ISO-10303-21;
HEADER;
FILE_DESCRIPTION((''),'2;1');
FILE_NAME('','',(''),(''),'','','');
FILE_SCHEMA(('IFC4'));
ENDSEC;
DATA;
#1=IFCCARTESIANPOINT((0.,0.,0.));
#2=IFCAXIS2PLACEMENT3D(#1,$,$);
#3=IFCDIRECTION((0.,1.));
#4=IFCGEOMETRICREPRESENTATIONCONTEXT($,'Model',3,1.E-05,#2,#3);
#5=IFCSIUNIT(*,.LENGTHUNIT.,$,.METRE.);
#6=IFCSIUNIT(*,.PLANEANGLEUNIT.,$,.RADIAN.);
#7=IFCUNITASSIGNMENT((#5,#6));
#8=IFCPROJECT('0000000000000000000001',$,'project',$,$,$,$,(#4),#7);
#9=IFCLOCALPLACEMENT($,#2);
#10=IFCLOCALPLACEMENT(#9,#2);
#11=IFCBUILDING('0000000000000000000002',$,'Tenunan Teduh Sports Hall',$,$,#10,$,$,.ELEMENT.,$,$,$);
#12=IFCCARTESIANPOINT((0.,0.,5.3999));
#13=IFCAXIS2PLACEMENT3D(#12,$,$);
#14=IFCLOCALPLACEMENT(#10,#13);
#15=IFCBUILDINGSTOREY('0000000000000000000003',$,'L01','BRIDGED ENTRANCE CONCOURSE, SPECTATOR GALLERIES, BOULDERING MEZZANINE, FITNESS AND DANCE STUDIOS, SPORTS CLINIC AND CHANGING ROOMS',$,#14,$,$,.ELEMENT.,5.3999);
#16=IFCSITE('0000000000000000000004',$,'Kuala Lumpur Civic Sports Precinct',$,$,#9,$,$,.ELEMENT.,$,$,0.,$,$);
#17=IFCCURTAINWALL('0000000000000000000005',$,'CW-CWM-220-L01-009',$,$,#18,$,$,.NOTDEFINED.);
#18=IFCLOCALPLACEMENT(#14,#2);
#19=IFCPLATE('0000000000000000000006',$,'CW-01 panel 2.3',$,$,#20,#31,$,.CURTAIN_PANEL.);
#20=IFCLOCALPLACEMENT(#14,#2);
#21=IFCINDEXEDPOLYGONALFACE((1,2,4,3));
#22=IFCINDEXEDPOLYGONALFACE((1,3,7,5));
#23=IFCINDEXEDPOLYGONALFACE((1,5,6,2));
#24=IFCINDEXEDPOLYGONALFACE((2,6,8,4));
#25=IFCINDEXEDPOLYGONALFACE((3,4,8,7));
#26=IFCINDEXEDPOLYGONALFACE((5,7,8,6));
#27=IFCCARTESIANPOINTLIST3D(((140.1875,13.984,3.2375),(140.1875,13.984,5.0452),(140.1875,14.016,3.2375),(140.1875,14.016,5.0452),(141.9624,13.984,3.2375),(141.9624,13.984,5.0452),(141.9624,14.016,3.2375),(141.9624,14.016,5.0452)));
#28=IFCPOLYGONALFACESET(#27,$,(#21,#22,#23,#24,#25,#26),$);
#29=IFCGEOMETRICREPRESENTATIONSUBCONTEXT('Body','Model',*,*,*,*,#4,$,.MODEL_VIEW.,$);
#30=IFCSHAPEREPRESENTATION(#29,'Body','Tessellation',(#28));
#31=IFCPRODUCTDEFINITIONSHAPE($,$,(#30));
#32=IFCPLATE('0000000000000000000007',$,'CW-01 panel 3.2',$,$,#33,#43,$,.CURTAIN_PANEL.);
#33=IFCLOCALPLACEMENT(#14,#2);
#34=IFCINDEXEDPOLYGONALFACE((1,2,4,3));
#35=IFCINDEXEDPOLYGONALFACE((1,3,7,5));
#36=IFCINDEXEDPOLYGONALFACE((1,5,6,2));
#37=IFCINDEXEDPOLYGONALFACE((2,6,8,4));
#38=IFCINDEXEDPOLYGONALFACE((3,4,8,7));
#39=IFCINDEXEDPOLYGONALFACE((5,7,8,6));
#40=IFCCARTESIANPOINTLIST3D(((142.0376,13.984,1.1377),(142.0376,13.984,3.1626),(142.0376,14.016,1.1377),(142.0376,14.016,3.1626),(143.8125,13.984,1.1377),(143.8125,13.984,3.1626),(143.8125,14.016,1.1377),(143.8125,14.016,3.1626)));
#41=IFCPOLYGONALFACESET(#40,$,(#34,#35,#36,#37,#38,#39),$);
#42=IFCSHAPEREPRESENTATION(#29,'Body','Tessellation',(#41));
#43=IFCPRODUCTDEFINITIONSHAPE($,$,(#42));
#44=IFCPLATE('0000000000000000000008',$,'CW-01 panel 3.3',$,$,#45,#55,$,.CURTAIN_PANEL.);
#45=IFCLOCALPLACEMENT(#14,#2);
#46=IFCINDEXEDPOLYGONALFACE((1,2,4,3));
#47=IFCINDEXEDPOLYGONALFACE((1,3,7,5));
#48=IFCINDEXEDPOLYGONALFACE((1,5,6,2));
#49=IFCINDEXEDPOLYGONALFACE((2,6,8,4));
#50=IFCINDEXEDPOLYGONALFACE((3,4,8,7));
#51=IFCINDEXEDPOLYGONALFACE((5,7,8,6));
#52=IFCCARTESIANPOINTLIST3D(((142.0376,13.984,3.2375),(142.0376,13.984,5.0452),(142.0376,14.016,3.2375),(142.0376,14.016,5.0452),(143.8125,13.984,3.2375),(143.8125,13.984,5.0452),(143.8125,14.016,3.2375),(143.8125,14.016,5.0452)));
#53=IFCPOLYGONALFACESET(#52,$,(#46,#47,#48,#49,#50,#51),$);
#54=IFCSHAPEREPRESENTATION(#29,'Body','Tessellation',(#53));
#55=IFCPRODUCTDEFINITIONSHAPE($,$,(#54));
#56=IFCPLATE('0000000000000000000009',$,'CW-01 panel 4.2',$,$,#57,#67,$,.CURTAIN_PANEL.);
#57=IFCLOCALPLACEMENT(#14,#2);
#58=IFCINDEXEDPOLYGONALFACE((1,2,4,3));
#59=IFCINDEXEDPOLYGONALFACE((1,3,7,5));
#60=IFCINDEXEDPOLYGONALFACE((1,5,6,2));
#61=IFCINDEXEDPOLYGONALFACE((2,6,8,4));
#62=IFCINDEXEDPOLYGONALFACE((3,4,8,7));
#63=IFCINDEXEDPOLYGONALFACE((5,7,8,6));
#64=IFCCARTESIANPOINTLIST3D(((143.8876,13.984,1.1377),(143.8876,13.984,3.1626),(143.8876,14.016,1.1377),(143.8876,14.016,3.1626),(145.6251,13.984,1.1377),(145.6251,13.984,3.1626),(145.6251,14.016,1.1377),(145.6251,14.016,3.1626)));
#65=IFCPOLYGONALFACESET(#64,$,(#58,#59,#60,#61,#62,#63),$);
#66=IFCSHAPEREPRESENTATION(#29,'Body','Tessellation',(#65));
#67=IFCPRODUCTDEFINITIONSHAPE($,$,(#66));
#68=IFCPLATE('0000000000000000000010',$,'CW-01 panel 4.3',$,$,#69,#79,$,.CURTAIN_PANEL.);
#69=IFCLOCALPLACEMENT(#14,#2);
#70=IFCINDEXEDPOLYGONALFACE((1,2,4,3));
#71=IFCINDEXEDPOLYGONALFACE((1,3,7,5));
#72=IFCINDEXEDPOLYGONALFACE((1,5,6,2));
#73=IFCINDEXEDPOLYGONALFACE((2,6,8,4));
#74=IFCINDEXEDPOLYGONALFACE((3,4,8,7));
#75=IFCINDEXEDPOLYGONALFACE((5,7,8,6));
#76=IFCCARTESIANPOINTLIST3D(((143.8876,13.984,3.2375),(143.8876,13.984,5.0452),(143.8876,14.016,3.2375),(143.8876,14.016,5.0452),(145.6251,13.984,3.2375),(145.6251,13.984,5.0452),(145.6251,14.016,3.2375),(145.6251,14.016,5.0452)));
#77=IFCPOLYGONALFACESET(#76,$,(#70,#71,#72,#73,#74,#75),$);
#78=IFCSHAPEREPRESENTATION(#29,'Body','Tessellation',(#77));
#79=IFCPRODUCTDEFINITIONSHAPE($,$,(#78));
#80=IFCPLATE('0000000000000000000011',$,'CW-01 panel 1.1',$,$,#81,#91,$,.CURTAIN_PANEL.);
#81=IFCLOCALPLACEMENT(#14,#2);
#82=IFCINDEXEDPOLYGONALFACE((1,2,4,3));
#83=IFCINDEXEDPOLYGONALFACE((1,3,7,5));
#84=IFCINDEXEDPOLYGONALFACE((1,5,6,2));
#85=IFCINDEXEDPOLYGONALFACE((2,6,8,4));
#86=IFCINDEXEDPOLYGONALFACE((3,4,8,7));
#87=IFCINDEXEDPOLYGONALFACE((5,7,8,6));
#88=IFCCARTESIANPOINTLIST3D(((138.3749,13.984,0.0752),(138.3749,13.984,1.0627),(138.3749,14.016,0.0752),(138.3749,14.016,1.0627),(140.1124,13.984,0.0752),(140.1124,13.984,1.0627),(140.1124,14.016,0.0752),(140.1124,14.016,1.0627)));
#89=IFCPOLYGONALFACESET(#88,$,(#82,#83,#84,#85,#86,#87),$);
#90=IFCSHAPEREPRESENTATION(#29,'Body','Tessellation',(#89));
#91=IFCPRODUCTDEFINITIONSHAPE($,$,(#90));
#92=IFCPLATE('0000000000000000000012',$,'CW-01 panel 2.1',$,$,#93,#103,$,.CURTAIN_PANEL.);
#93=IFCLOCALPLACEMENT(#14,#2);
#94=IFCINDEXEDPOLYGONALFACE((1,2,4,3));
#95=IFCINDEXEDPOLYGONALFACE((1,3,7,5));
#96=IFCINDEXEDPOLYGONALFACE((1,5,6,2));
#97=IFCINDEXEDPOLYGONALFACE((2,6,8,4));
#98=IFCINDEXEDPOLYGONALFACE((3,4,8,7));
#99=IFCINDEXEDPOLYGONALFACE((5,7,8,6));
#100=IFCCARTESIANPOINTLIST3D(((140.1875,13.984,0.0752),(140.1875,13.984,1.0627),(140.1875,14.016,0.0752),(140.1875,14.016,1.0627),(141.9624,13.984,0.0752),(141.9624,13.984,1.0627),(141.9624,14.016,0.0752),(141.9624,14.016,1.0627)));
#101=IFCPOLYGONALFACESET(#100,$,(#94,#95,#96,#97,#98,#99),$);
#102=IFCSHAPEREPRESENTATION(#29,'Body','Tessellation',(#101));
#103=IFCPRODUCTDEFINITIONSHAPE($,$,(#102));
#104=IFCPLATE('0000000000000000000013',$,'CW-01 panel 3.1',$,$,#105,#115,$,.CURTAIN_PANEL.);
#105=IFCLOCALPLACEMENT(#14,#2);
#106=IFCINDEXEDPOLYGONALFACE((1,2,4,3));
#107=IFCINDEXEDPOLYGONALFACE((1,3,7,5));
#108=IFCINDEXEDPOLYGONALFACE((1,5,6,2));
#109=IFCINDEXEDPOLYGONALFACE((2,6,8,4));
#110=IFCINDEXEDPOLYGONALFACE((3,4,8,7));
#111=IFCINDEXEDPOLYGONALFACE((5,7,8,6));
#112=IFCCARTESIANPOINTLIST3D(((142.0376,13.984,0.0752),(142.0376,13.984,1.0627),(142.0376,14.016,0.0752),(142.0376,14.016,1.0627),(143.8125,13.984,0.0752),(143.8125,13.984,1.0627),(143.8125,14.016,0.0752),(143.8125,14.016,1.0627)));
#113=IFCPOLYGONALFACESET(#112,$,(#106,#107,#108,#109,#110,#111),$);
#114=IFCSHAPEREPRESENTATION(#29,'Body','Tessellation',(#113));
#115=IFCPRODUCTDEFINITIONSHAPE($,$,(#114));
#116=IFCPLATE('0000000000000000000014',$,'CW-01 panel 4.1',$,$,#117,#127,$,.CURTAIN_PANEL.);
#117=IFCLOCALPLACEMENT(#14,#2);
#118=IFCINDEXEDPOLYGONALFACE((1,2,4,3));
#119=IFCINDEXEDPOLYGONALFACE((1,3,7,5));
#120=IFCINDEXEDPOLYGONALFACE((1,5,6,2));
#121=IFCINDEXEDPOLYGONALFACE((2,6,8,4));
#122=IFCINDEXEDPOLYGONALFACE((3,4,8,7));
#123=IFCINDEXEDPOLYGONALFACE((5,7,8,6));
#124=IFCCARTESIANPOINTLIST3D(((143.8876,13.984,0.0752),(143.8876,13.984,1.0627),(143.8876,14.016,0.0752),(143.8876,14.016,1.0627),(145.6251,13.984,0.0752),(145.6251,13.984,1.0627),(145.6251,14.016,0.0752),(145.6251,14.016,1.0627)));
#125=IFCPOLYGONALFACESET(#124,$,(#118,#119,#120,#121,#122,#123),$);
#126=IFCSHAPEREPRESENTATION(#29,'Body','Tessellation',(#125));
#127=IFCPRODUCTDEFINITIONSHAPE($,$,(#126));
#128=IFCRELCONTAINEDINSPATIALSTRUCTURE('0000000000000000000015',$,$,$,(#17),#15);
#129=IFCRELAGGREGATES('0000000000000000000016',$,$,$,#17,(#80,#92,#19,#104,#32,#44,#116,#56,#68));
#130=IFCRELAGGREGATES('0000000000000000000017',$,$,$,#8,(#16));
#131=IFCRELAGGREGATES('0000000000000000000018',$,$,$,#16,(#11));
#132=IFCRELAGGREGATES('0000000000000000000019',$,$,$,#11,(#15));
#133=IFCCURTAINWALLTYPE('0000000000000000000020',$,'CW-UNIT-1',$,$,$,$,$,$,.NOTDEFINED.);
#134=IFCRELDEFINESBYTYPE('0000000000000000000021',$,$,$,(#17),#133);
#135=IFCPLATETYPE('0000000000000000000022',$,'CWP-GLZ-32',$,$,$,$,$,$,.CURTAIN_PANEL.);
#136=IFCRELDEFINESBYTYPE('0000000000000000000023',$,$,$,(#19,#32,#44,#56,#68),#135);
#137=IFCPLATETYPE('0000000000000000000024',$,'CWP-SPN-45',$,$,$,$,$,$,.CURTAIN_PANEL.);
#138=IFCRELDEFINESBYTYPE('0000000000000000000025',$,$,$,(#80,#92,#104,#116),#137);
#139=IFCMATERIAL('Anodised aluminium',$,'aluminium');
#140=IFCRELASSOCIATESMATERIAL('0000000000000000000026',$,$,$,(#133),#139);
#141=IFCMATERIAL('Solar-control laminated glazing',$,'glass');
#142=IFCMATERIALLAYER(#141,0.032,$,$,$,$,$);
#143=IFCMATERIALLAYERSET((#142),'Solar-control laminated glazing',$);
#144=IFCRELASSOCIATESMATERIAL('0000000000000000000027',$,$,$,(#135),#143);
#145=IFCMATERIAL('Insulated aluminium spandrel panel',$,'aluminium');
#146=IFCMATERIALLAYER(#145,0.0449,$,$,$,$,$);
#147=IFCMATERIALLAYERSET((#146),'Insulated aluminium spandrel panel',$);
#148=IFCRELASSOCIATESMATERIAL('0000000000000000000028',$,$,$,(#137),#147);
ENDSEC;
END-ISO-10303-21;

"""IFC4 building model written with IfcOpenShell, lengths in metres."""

from ifc_helpers import new_model, si_unit, direction, frame, origin, origin_2d, place, context, subcontext, project, spatial, rectangle, extrude, material, layer, layer_set, type_object, element, aggregate, save


model = new_model("IFC4")

# Units and contexts
model_context = context("Model", 3, precision=1e-05, world=origin(), true_north=direction((0.0, 1.0)))
body_context = subcontext(model_context, "Body", "Model", "MODEL_VIEW")
ifc_project = project(units=[si_unit("LENGTHUNIT", "METRE"), si_unit("PLANEANGLEUNIT", "RADIAN")], contexts=[model_context])

# Site, building, storey
site_placement = place(None, origin())
site = spatial("IfcSite", under=ifc_project, at=site_placement, Name="Kuala Lumpur Civic Sports Precinct", CompositionType="ELEMENT", RefElevation=0.0)
building_placement = place(site_placement, origin())
building = spatial("IfcBuilding", under=site, at=building_placement, Name="Tenunan Teduh Sports Hall", CompositionType="ELEMENT")
storey_placement = place(building_placement, frame((0.0, 0.0, 5.3999)))
storey = spatial("IfcBuildingStorey", under=building, at=storey_placement, Name="L01", Description="BRIDGED ENTRANCE CONCOURSE, SPECTATOR GALLERIES, BOULDERING MEZZANINE, FITNESS AND DANCE STUDIOS, SPORTS CLINIC AND CHANGING ROOMS", CompositionType="ELEMENT", Elevation=5.3999)

# Curtain wall
ifc_material_1 = material(Name="Anodised aluminium", Category="aluminium")
curtain_wall_type = type_object("IfcCurtainWallType", Name="CW-UNIT-1", PredefinedType="NOTDEFINED", material=ifc_material_1)
curtain_wall_placement = place(storey_placement, origin())
curtain_wall = element("IfcCurtainWall", 1, at=curtain_wall_placement, inside=storey, type_object=curtain_wall_type, Name="CW-CWM-220-L01-009", PredefinedType="NOTDEFINED")

# Plates
ifc_material_2 = material(Name="Solar-control laminated glazing", Category="glass")
ifc_layer_1 = layer(ifc_material_2, 0.032)
ifc_layer_set_1 = layer_set([ifc_layer_1], Name="Solar-control laminated glazing")
plate_type_1 = type_object("IfcPlateType", Name="CWP-GLZ-32", PredefinedType="CURTAIN_PANEL", material=ifc_layer_set_1)
plate_1_placement = place(storey_placement, frame((141.075, 14.0, 3.2375), z_axis=(0.0, 0.0, 1.0), x_axis=(1.0, 0.0, 0.0)))
plate_1 = element("IfcPlate", 2, at=plate_1_placement, type_object=plate_type_1, Name="CW-01 panel 2.3", PredefinedType="CURTAIN_PANEL", context=body_context, shape_type="SweptSolid", body=[
    extrude(rectangle(XDim=1.7749, YDim=0.032, at=origin_2d()), origin(), (0.0, 0.0, 1.0), 1.8076),
])
plate_2_placement = place(storey_placement, frame((142.925, 14.0, 1.1377), z_axis=(0.0, 0.0, 1.0), x_axis=(1.0, 0.0, 0.0)))
plate_2 = element("IfcPlate", 3, at=plate_2_placement, type_object=plate_type_1, Name="CW-01 panel 3.2", PredefinedType="CURTAIN_PANEL", context=body_context, shape_type="SweptSolid", body=[
    extrude(rectangle(XDim=1.7749, YDim=0.032, at=origin_2d()), origin(), (0.0, 0.0, 1.0), 2.0249),
])
plate_3_placement = place(storey_placement, frame((142.925, 14.0, 3.2375), z_axis=(0.0, 0.0, 1.0), x_axis=(1.0, 0.0, 0.0)))
plate_3 = element("IfcPlate", 4, at=plate_3_placement, type_object=plate_type_1, Name="CW-01 panel 3.3", PredefinedType="CURTAIN_PANEL", context=body_context, shape_type="SweptSolid", body=[
    extrude(rectangle(XDim=1.7749, YDim=0.032, at=origin_2d()), origin(), (0.0, 0.0, 1.0), 1.8076),
])
plate_4_placement = place(storey_placement, frame((144.7563, 14.0, 1.1377), z_axis=(0.0, 0.0, 1.0), x_axis=(1.0, 0.0, 0.0)))
plate_4 = element("IfcPlate", 5, at=plate_4_placement, type_object=plate_type_1, Name="CW-01 panel 4.2", PredefinedType="CURTAIN_PANEL", context=body_context, shape_type="SweptSolid", body=[
    extrude(rectangle(XDim=1.7375, YDim=0.032, at=origin_2d()), origin(), (0.0, 0.0, 1.0), 2.0249),
])
plate_5_placement = place(storey_placement, frame((144.7563, 14.0, 3.2375), z_axis=(0.0, 0.0, 1.0), x_axis=(1.0, 0.0, 0.0)))
plate_5 = element("IfcPlate", 6, at=plate_5_placement, type_object=plate_type_1, Name="CW-01 panel 4.3", PredefinedType="CURTAIN_PANEL", context=body_context, shape_type="SweptSolid", body=[
    extrude(rectangle(XDim=1.7375, YDim=0.032, at=origin_2d()), origin(), (0.0, 0.0, 1.0), 1.8076),
])
ifc_material_3 = material(Name="Insulated aluminium spandrel panel", Category="aluminium")
ifc_layer_2 = layer(ifc_material_3, 0.0449)
ifc_layer_set_2 = layer_set([ifc_layer_2], Name="Insulated aluminium spandrel panel")
plate_type_2 = type_object("IfcPlateType", Name="CWP-SPN-45", PredefinedType="CURTAIN_PANEL", material=ifc_layer_set_2)
plate_6_placement = place(storey_placement, frame((139.2437, 14.0, 0.0752), z_axis=(0.0, 0.0, 1.0), x_axis=(1.0, 0.0, 0.0)))
plate_6 = element("IfcPlate", 7, at=plate_6_placement, type_object=plate_type_2, Name="CW-01 panel 1.1", PredefinedType="CURTAIN_PANEL", context=body_context, shape_type="SweptSolid", body=[
    extrude(rectangle(XDim=1.7375, YDim=0.032, at=origin_2d()), origin(), (0.0, 0.0, 1.0), 0.9875),
])
plate_7_placement = place(storey_placement, frame((141.075, 14.0, 0.0752), z_axis=(0.0, 0.0, 1.0), x_axis=(1.0, 0.0, 0.0)))
plate_7 = element("IfcPlate", 8, at=plate_7_placement, type_object=plate_type_2, Name="CW-01 panel 2.1", PredefinedType="CURTAIN_PANEL", context=body_context, shape_type="SweptSolid", body=[
    extrude(rectangle(XDim=1.7749, YDim=0.032, at=origin_2d()), origin(), (0.0, 0.0, 1.0), 0.9875),
])
plate_8_placement = place(storey_placement, frame((142.925, 14.0, 0.0752), z_axis=(0.0, 0.0, 1.0), x_axis=(1.0, 0.0, 0.0)))
plate_8 = element("IfcPlate", 9, at=plate_8_placement, type_object=plate_type_2, Name="CW-01 panel 3.1", PredefinedType="CURTAIN_PANEL", context=body_context, shape_type="SweptSolid", body=[
    extrude(rectangle(XDim=1.7749, YDim=0.032, at=origin_2d()), origin(), (0.0, 0.0, 1.0), 0.9875),
])
plate_9_placement = place(storey_placement, frame((144.7563, 14.0, 0.0752), z_axis=(0.0, 0.0, 1.0), x_axis=(1.0, 0.0, 0.0)))
plate_9 = element("IfcPlate", 10, at=plate_9_placement, type_object=plate_type_2, Name="CW-01 panel 4.1", PredefinedType="CURTAIN_PANEL", context=body_context, shape_type="SweptSolid", body=[
    extrude(rectangle(XDim=1.7375, YDim=0.032, at=origin_2d()), origin(), (0.0, 0.0, 1.0), 0.9875),
])
aggregate(curtain_wall, [plate_6, plate_7, plate_1, plate_8, plate_2, plate_3, plate_9, plate_4, plate_5])

save(model, "model.ifc")
